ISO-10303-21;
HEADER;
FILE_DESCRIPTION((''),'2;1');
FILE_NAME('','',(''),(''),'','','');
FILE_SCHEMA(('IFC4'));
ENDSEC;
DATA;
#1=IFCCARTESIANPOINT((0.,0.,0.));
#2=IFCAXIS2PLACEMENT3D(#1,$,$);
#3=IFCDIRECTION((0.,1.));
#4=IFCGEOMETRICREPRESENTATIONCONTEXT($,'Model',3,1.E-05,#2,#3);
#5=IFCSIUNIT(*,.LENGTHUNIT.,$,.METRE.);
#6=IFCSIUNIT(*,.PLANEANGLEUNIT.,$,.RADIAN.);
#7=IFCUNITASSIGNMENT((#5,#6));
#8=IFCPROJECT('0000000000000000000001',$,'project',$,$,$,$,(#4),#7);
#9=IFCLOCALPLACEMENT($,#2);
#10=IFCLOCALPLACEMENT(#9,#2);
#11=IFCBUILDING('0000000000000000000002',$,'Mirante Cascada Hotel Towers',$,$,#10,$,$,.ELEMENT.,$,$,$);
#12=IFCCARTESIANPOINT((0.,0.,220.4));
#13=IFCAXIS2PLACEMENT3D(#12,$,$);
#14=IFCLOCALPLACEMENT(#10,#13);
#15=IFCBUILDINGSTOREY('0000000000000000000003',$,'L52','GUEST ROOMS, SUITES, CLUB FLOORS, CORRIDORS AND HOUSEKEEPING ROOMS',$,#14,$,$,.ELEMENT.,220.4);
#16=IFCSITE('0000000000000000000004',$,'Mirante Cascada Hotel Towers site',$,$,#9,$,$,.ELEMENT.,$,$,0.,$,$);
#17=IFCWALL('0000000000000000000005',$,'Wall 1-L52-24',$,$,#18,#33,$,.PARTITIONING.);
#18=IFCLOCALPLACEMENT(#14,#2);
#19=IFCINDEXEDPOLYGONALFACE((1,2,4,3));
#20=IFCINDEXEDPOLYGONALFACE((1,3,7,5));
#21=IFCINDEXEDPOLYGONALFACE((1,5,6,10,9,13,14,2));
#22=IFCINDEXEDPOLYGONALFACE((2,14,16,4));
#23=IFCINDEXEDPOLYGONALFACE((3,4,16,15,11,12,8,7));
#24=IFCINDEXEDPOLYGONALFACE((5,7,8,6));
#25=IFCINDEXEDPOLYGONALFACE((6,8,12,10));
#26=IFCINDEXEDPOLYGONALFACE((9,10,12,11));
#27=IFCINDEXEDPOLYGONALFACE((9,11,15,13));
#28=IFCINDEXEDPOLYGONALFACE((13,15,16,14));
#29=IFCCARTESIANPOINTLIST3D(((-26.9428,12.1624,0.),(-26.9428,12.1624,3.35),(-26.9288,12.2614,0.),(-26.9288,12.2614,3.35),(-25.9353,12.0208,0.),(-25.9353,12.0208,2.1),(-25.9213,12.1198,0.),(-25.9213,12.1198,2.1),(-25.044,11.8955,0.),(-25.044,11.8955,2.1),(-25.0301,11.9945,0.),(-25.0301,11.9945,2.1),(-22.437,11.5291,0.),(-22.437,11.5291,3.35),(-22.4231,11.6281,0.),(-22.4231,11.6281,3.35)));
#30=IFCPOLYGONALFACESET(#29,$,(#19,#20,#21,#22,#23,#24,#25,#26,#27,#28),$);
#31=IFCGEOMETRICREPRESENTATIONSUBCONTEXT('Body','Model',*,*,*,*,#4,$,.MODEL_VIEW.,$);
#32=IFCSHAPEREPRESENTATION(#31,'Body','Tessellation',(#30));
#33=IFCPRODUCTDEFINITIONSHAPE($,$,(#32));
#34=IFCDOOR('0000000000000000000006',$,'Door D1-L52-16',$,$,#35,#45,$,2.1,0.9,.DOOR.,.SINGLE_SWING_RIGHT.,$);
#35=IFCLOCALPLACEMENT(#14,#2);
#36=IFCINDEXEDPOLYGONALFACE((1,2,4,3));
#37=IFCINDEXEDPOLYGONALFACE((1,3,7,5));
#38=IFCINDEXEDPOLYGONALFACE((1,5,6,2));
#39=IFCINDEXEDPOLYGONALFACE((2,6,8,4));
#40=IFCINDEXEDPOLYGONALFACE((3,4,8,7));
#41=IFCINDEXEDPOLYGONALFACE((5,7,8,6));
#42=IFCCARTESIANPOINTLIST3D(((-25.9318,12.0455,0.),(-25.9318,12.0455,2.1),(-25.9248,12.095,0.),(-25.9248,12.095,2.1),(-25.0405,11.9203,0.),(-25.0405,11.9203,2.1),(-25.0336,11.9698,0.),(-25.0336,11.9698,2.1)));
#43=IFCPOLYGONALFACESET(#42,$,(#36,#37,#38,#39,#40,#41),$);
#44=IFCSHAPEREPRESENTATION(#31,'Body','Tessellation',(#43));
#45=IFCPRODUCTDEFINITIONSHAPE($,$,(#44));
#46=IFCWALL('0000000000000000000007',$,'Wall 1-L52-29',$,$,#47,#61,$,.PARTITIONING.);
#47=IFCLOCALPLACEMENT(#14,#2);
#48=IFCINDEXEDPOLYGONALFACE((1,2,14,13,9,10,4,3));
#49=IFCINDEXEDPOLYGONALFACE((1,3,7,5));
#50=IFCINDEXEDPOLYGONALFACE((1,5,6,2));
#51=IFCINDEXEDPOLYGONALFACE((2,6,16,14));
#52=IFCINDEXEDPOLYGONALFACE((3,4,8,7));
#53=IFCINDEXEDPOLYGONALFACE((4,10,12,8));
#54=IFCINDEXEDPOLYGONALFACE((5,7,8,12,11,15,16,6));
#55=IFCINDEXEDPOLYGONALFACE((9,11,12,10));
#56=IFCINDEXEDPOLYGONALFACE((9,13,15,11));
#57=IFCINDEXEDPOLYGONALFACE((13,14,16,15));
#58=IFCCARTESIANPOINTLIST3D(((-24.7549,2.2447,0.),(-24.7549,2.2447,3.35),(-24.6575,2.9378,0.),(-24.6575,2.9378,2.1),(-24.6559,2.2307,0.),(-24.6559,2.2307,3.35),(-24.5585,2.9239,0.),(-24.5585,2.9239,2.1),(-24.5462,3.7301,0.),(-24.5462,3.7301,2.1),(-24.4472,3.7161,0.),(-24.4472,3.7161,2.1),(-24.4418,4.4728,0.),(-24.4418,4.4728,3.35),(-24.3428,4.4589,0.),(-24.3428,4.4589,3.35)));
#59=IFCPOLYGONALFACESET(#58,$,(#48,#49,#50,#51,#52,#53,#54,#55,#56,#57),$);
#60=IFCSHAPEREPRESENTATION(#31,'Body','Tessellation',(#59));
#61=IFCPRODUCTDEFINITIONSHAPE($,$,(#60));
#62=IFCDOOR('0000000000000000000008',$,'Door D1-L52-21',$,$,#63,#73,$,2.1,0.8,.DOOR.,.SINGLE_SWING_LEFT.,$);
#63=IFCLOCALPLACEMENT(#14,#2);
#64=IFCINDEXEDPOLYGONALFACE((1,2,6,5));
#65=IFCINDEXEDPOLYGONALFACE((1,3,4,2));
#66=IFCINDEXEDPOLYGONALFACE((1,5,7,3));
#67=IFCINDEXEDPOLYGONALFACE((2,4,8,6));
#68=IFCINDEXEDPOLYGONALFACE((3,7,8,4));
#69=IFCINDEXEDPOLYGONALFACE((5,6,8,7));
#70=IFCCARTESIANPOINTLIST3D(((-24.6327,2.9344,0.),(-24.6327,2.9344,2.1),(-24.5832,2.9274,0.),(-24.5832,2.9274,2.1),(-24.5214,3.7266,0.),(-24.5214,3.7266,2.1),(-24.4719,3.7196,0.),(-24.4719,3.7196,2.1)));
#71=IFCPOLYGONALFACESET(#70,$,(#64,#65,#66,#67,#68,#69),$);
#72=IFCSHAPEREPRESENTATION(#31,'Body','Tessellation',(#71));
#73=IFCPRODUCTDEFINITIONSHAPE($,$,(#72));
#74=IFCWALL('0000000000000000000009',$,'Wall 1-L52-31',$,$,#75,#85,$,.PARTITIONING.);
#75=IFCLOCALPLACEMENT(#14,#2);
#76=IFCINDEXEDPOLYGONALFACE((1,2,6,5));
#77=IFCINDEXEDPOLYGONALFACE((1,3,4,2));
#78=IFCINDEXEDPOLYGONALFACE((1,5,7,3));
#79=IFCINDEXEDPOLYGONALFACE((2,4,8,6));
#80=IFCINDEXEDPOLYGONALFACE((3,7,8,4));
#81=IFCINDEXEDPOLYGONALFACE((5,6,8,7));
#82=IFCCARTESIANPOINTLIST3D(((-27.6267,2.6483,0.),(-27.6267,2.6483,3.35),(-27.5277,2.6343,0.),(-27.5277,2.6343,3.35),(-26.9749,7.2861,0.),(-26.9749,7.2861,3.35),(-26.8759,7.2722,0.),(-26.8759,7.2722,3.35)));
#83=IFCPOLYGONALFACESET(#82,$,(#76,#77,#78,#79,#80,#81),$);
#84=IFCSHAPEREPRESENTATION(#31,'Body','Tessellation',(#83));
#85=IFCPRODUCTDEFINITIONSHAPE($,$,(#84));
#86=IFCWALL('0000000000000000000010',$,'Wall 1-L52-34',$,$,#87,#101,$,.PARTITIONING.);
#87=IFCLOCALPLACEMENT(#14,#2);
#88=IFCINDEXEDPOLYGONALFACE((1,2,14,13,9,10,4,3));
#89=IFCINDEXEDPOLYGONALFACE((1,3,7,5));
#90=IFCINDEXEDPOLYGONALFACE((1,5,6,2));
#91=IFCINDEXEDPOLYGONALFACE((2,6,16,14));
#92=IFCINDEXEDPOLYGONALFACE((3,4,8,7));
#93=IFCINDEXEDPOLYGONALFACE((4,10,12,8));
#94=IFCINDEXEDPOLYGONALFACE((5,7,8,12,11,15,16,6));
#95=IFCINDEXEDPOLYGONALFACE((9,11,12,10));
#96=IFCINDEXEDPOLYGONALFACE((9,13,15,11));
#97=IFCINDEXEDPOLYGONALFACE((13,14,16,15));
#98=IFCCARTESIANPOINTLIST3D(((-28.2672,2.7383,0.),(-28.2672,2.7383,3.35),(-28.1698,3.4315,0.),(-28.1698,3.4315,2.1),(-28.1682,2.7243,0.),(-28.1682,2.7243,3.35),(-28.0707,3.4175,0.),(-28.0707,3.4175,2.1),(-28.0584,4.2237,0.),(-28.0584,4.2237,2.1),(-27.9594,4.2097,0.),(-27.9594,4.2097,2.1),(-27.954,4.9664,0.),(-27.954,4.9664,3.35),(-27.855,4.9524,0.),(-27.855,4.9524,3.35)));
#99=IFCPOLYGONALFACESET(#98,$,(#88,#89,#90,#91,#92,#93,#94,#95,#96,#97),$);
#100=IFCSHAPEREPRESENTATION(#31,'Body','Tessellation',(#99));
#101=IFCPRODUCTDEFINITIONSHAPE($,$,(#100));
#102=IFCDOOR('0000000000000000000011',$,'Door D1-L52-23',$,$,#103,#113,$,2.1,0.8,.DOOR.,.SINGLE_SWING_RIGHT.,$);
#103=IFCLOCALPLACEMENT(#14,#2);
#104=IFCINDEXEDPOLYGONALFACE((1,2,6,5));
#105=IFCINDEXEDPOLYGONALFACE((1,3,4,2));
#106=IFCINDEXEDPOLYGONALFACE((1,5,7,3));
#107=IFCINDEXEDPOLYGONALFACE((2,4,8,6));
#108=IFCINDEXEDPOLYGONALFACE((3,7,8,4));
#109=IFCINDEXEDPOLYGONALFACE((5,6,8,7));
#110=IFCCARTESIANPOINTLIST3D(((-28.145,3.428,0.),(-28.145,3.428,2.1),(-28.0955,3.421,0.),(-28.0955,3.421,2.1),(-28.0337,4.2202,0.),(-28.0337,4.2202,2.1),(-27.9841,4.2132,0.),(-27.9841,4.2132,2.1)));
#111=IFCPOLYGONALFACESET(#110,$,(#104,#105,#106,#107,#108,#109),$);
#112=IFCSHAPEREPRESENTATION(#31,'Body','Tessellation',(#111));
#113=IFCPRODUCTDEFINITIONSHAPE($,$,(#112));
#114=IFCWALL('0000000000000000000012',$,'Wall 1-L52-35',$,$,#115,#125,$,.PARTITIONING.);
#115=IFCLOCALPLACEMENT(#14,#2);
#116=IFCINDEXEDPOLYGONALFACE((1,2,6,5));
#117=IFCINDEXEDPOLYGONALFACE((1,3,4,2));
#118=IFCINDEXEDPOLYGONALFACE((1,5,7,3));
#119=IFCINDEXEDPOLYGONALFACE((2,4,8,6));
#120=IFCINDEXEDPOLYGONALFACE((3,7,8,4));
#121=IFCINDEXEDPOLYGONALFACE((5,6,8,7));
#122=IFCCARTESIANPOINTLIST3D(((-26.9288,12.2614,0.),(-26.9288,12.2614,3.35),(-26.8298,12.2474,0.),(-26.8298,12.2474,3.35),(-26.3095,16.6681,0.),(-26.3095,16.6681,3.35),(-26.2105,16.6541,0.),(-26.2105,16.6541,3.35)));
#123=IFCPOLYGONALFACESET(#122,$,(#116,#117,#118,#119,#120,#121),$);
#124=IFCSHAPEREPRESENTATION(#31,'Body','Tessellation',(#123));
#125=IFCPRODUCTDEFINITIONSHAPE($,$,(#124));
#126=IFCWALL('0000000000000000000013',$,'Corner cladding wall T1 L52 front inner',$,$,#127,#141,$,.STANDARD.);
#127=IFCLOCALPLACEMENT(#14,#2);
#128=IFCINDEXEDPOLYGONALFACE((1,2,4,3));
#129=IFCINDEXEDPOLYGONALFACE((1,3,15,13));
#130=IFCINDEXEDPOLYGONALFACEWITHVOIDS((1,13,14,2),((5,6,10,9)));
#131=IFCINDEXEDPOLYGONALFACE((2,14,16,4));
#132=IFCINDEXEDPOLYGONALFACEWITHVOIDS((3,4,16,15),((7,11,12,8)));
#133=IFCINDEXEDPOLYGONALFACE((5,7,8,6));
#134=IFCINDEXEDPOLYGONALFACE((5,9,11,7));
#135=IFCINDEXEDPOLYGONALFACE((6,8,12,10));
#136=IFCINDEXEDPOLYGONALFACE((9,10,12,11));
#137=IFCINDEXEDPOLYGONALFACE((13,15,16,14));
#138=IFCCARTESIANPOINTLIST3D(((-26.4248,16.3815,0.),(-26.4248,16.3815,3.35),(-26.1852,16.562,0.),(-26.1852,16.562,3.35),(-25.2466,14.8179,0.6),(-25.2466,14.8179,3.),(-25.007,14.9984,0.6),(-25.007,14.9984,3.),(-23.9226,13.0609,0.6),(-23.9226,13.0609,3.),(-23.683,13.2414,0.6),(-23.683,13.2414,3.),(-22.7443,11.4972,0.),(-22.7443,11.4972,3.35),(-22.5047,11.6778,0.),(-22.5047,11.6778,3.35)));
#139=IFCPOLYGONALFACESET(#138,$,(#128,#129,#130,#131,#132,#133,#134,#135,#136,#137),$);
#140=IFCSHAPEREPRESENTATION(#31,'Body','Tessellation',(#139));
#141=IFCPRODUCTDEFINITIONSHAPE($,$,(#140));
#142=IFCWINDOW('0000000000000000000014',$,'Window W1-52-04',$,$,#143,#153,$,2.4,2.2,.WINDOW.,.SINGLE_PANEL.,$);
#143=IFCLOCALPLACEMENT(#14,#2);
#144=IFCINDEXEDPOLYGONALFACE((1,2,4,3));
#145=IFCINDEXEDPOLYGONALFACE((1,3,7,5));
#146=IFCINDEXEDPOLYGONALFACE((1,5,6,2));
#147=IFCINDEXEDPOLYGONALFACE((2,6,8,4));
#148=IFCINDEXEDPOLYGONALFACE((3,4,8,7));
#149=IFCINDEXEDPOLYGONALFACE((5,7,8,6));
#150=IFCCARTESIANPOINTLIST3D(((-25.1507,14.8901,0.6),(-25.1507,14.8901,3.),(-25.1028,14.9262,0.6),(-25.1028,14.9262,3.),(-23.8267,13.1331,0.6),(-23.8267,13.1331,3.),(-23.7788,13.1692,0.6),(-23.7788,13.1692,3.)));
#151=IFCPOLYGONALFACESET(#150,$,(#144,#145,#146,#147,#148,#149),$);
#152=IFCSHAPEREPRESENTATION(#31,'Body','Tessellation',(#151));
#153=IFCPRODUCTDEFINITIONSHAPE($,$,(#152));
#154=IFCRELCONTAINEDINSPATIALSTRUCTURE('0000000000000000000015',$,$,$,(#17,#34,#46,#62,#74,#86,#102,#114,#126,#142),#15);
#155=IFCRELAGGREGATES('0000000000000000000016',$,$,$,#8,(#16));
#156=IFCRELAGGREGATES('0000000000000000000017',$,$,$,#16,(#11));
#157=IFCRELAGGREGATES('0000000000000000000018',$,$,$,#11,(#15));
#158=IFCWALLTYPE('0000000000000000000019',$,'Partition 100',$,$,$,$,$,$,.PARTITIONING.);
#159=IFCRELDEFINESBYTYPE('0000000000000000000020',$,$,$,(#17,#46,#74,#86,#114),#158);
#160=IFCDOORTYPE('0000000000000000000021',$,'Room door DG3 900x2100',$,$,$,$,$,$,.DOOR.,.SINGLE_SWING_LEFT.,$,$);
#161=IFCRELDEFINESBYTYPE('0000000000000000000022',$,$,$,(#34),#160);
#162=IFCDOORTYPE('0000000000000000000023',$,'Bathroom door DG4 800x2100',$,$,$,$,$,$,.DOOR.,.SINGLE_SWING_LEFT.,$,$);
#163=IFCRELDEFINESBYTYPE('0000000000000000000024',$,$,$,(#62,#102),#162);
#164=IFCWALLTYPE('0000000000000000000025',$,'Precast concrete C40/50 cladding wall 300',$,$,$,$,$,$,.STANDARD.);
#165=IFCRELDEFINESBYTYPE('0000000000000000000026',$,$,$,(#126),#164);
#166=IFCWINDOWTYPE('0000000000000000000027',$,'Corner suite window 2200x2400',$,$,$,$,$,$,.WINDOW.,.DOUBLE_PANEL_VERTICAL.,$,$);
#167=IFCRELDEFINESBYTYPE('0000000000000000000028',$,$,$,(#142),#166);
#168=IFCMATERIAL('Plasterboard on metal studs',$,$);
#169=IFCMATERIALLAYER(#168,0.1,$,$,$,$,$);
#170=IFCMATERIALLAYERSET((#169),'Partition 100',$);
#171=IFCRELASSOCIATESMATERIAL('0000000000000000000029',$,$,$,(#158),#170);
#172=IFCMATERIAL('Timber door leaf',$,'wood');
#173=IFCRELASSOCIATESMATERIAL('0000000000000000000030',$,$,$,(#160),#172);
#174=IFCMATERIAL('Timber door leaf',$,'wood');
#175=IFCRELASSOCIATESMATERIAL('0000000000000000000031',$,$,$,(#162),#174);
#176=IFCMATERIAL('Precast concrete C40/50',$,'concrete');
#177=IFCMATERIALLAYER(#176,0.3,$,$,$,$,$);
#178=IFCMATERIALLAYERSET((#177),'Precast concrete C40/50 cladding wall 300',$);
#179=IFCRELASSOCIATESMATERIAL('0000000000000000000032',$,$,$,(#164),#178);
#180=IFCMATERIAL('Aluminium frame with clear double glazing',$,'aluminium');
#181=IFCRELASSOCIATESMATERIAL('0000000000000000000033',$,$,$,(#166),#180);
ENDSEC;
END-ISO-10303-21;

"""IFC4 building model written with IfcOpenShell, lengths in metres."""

from ifc_helpers import new_model, si_unit, direction, frame, frame_2d, origin, place, context, subcontext, project, spatial, rectangle, extrude, material, layer, layer_set, type_object, element, fill, save


model = new_model("IFC4")

# Units and contexts
model_context = context("Model", 3, precision=1e-05, world=origin(), true_north=direction((0.0, 1.0)))
body_context = subcontext(model_context, "Body", "Model", "MODEL_VIEW")
ifc_project = project(units=[si_unit("LENGTHUNIT", "METRE"), si_unit("PLANEANGLEUNIT", "RADIAN")], contexts=[model_context])

# Site, building, storey
site_placement = place(None, origin())
site = spatial("IfcSite", under=ifc_project, at=site_placement, Name="Mirante Cascada Hotel Towers site", CompositionType="ELEMENT", RefElevation=0.0)
building_placement = place(site_placement, origin())
building = spatial("IfcBuilding", under=site, at=building_placement, Name="Mirante Cascada Hotel Towers", CompositionType="ELEMENT")
storey_placement = place(building_placement, frame((0.0, 0.0, 220.4)))
storey = spatial("IfcBuildingStorey", under=building, at=storey_placement, Name="L52", Description="GUEST ROOMS, SUITES, CLUB FLOORS, CORRIDORS AND HOUSEKEEPING ROOMS", CompositionType="ELEMENT", Elevation=220.4)

# Shared definitions
ifc_material_1 = material(Name="Plasterboard on metal studs")
ifc_layer_1 = layer(ifc_material_1, 0.1)
ifc_layer_set_1 = layer_set([ifc_layer_1], Name="Partition 100")
wall_type_1 = type_object("IfcWallType", Name="Partition 100", PredefinedType="PARTITIONING", material=ifc_layer_set_1)

# Walls, openings, doors
wall_1_placement = place(storey_placement, frame((-26.9358, 12.2119, 0.0), z_axis=(0.0, 0.0, 1.0), x_axis=(0.990266, -0.139187, 0.0)))
wall_1 = element("IfcWall", 1, at=wall_1_placement, inside=storey, type_object=wall_type_1, Name="Wall 1-L52-24", PredefinedType="PARTITIONING", context=body_context, shape_type="SweptSolid", body=[
    extrude(rectangle(XDim=4.55, YDim=0.1, at=frame_2d((2.275, 0.0))), origin(), (0.0, 0.0, 1.0), 3.35),
])
opening_1_placement = place(wall_1_placement, frame((1.0174, 0.0, 0.0)))
opening_1 = element("IfcOpeningElement", 2, at=opening_1_placement, cuts=wall_1, PredefinedType="OPENING", context=body_context, shape_type="SweptSolid", body=[
    extrude(rectangle(XDim=0.9, YDim=2.1, at=frame_2d((0.45, 1.05))), frame((0.0, 0.05, 0.0), z_axis=(0.0, -1.0, 0.0), x_axis=(1.0, 0.0, 0.0)), (0.0, 0.0, 1.0), 0.1),
])
ifc_material_2 = material(Name="Timber door leaf", Category="wood")
door_type_1 = type_object("IfcDoorType", Name="Room door DG3 900x2100", OperationType="SINGLE_SWING_LEFT", PredefinedType="DOOR", material=ifc_material_2)
door_1_placement = place(opening_1_placement, frame((0.9, 0.0, 0.0), z_axis=(0.0, 0.0, 1.0), x_axis=(-1.0, 0.0, 0.0)))
door_1 = element("IfcDoor", 3, at=door_1_placement, inside=storey, type_object=door_type_1, Name="Door D1-L52-16", OperationType="SINGLE_SWING_RIGHT", OverallHeight=2.1, OverallWidth=0.9, PredefinedType="DOOR", context=body_context, shape_type="SweptSolid", body=[
    extrude(rectangle(XDim=0.9, YDim=2.1, at=frame_2d((0.45, 1.05))), frame((0.0, 0.025, 0.0), z_axis=(0.0, -1.0, 0.0), x_axis=(1.0, 0.0, 0.0)), (0.0, 0.0, 1.0), 0.05),
])
fill(opening_1, door_1)
wall_2_placement = place(storey_placement, frame((-24.7054, 2.2377, 0.0), z_axis=(0.0, 0.0, 1.0), x_axis=(0.139156, 0.990271, 0.0)))
wall_2 = element("IfcWall", 4, at=wall_2_placement, inside=storey, type_object=wall_type_1, Name="Wall 1-L52-29", PredefinedType="PARTITIONING", context=body_context, shape_type="SweptSolid", body=[
    extrude(rectangle(XDim=2.25, YDim=0.1, at=frame_2d((1.125, 0.0))), origin(), (0.0, 0.0, 1.0), 3.35),
])
opening_2_placement = place(wall_2_placement, frame((0.7, 0.0, 0.0)))
opening_2 = element("IfcOpeningElement", 5, at=opening_2_placement, cuts=wall_2, PredefinedType="OPENING", context=body_context, shape_type="SweptSolid", body=[
    extrude(rectangle(XDim=0.8, YDim=2.1, at=frame_2d((0.4, 1.05))), frame((0.0, 0.05, 0.0), z_axis=(0.0, -1.0, 0.0), x_axis=(1.0, 0.0, 0.0)), (0.0, 0.0, 1.0), 0.1),
])
ifc_material_3 = material(Name="Timber door leaf", Category="wood")
door_type_2 = type_object("IfcDoorType", Name="Bathroom door DG4 800x2100", OperationType="SINGLE_SWING_LEFT", PredefinedType="DOOR", material=ifc_material_3)
door_2_placement = place(opening_2_placement, origin())
door_2 = element("IfcDoor", 6, at=door_2_placement, inside=storey, type_object=door_type_2, Name="Door D1-L52-21", OperationType="SINGLE_SWING_LEFT", OverallHeight=2.1, OverallWidth=0.8, PredefinedType="DOOR", context=body_context, shape_type="SweptSolid", body=[
    extrude(rectangle(XDim=0.8, YDim=2.1, at=frame_2d((0.4, 1.05))), frame((0.0, 0.025, 0.0), z_axis=(0.0, -1.0, 0.0), x_axis=(1.0, 0.0, 0.0)), (0.0, 0.0, 1.0), 0.05),
])
fill(opening_2, door_2)

# Wall
wall_3_placement = place(storey_placement, frame((-27.5772, 2.6413, 0.0), z_axis=(0.0, 0.0, 1.0), x_axis=(0.139173, 0.990268, 0.0)))
element("IfcWall", 7, at=wall_3_placement, inside=storey, type_object=wall_type_1, Name="Wall 1-L52-31", PredefinedType="PARTITIONING", context=body_context, shape_type="SweptSolid", body=[
    extrude(rectangle(XDim=4.6834, YDim=0.1, at=frame_2d((2.3417, 0.0))), origin(), (0.0, 0.0, 1.0), 3.35),
])

# Wall, opening, door
wall_4_placement = place(storey_placement, frame((-27.9045, 4.9594, 0.0), z_axis=(0.0, 0.0, 1.0), x_axis=(-0.1392, -0.990264, 0.0)))
wall_4 = element("IfcWall", 8, at=wall_4_placement, inside=storey, type_object=wall_type_1, Name="Wall 1-L52-34", PredefinedType="PARTITIONING", context=body_context, shape_type="SweptSolid", body=[
    extrude(rectangle(XDim=2.25, YDim=0.1, at=frame_2d((1.125, 0.0))), origin(), (0.0, 0.0, 1.0), 3.35),
])
opening_3_placement = place(wall_4_placement, frame((0.75, 0.0, 0.0)))
opening_3 = element("IfcOpeningElement", 9, at=opening_3_placement, cuts=wall_4, PredefinedType="OPENING", context=body_context, shape_type="SweptSolid", body=[
    extrude(rectangle(XDim=0.8, YDim=2.1, at=frame_2d((0.4, 1.05))), frame((0.0, 0.05, 0.0), z_axis=(0.0, -1.0, 0.0), x_axis=(1.0, 0.0, 0.0)), (0.0, 0.0, 1.0), 0.1),
])
door_3_placement = place(opening_3_placement, frame((0.8, 0.0, 0.0), z_axis=(0.0, 0.0, 1.0), x_axis=(-1.0, 0.0, 0.0)))
door_3 = element("IfcDoor", 10, at=door_3_placement, inside=storey, type_object=door_type_2, Name="Door D1-L52-23", OperationType="SINGLE_SWING_RIGHT", OverallHeight=2.1, OverallWidth=0.8, PredefinedType="DOOR", context=body_context, shape_type="SweptSolid", body=[
    extrude(rectangle(XDim=0.8, YDim=2.1, at=frame_2d((0.4, 1.05))), frame((0.0, 0.025, 0.0), z_axis=(0.0, -1.0, 0.0), x_axis=(1.0, 0.0, 0.0)), (0.0, 0.0, 1.0), 0.05),
])
fill(opening_3, door_3)

# Wall
wall_5_placement = place(storey_placement, frame((-26.8793, 12.2544, 0.0), z_axis=(0.0, 0.0, 1.0), x_axis=(0.139168, 0.990269, 0.0)))
element("IfcWall", 11, at=wall_5_placement, inside=storey, type_object=wall_type_1, Name="Wall 1-L52-35", PredefinedType="PARTITIONING", context=body_context, shape_type="SweptSolid", body=[
    extrude(rectangle(XDim=4.45, YDim=0.1, at=frame_2d((2.225, 0.0))), origin(), (0.0, 0.0, 1.0), 3.35),
])

# Wall, opening, window
ifc_material_4 = material(Name="Precast concrete C40/50", Category="concrete")
ifc_layer_2 = layer(ifc_material_4, 0.3)
ifc_layer_set_2 = layer_set([ifc_layer_2], Name="Precast concrete C40/50 cladding wall 300")
wall_type_2 = type_object("IfcWallType", Name="Precast concrete C40/50 cladding wall 300", PredefinedType="STANDARD", material=ifc_layer_set_2)
wall_6_placement = place(storey_placement, frame((-26.305, 16.4717, 0.0), z_axis=(0.0, 0.0, 1.0), x_axis=(0.601814, -0.798636, 0.0)))
wall_6 = element("IfcWall", 12, at=wall_6_placement, inside=storey, type_object=wall_type_2, Name="Corner cladding wall T1 L52 front inner", PredefinedType="STANDARD", context=body_context, shape_type="SweptSolid", body=[
    extrude(rectangle(XDim=6.1157, YDim=0.3, at=frame_2d((3.0578, 0.0))), origin(), (0.0, 0.0, 1.0), 3.35),
])
opening_4_placement = place(wall_6_placement, frame((1.9578, 0.0, 0.6)))
opening_4 = element("IfcOpeningElement", 13, at=opening_4_placement, cuts=wall_6, PredefinedType="OPENING", context=body_context, shape_type="SweptSolid", body=[
    extrude(rectangle(XDim=2.2, YDim=2.4, at=frame_2d((1.1, 1.2))), frame((0.0, 0.15, 0.0), z_axis=(0.0, -1.0, 0.0), x_axis=(1.0, 0.0, 0.0)), (0.0, 0.0, 1.0), 0.3),
])
ifc_material_5 = material(Name="Aluminium frame with clear double glazing", Category="aluminium")
window_type = type_object("IfcWindowType", Name="Corner suite window 2200x2400", PartitioningType="DOUBLE_PANEL_VERTICAL", PredefinedType="WINDOW", material=ifc_material_5)
window_placement = place(opening_4_placement, origin())
window = element("IfcWindow", 14, at=window_placement, inside=storey, type_object=window_type, Name="Window W1-52-04", OverallHeight=2.4, OverallWidth=2.2, PartitioningType="SINGLE_PANEL", PredefinedType="WINDOW", context=body_context, shape_type="SweptSolid", body=[
    extrude(rectangle(XDim=2.2, YDim=2.4, at=frame_2d((1.1, 1.2))), frame((0.0, 0.03, 0.0), z_axis=(0.0, -1.0, 0.0), x_axis=(1.0, 0.0, 0.0)), (0.0, 0.0, 1.0), 0.06),
])
fill(opening_4, window)

save(model, "model.ifc")
